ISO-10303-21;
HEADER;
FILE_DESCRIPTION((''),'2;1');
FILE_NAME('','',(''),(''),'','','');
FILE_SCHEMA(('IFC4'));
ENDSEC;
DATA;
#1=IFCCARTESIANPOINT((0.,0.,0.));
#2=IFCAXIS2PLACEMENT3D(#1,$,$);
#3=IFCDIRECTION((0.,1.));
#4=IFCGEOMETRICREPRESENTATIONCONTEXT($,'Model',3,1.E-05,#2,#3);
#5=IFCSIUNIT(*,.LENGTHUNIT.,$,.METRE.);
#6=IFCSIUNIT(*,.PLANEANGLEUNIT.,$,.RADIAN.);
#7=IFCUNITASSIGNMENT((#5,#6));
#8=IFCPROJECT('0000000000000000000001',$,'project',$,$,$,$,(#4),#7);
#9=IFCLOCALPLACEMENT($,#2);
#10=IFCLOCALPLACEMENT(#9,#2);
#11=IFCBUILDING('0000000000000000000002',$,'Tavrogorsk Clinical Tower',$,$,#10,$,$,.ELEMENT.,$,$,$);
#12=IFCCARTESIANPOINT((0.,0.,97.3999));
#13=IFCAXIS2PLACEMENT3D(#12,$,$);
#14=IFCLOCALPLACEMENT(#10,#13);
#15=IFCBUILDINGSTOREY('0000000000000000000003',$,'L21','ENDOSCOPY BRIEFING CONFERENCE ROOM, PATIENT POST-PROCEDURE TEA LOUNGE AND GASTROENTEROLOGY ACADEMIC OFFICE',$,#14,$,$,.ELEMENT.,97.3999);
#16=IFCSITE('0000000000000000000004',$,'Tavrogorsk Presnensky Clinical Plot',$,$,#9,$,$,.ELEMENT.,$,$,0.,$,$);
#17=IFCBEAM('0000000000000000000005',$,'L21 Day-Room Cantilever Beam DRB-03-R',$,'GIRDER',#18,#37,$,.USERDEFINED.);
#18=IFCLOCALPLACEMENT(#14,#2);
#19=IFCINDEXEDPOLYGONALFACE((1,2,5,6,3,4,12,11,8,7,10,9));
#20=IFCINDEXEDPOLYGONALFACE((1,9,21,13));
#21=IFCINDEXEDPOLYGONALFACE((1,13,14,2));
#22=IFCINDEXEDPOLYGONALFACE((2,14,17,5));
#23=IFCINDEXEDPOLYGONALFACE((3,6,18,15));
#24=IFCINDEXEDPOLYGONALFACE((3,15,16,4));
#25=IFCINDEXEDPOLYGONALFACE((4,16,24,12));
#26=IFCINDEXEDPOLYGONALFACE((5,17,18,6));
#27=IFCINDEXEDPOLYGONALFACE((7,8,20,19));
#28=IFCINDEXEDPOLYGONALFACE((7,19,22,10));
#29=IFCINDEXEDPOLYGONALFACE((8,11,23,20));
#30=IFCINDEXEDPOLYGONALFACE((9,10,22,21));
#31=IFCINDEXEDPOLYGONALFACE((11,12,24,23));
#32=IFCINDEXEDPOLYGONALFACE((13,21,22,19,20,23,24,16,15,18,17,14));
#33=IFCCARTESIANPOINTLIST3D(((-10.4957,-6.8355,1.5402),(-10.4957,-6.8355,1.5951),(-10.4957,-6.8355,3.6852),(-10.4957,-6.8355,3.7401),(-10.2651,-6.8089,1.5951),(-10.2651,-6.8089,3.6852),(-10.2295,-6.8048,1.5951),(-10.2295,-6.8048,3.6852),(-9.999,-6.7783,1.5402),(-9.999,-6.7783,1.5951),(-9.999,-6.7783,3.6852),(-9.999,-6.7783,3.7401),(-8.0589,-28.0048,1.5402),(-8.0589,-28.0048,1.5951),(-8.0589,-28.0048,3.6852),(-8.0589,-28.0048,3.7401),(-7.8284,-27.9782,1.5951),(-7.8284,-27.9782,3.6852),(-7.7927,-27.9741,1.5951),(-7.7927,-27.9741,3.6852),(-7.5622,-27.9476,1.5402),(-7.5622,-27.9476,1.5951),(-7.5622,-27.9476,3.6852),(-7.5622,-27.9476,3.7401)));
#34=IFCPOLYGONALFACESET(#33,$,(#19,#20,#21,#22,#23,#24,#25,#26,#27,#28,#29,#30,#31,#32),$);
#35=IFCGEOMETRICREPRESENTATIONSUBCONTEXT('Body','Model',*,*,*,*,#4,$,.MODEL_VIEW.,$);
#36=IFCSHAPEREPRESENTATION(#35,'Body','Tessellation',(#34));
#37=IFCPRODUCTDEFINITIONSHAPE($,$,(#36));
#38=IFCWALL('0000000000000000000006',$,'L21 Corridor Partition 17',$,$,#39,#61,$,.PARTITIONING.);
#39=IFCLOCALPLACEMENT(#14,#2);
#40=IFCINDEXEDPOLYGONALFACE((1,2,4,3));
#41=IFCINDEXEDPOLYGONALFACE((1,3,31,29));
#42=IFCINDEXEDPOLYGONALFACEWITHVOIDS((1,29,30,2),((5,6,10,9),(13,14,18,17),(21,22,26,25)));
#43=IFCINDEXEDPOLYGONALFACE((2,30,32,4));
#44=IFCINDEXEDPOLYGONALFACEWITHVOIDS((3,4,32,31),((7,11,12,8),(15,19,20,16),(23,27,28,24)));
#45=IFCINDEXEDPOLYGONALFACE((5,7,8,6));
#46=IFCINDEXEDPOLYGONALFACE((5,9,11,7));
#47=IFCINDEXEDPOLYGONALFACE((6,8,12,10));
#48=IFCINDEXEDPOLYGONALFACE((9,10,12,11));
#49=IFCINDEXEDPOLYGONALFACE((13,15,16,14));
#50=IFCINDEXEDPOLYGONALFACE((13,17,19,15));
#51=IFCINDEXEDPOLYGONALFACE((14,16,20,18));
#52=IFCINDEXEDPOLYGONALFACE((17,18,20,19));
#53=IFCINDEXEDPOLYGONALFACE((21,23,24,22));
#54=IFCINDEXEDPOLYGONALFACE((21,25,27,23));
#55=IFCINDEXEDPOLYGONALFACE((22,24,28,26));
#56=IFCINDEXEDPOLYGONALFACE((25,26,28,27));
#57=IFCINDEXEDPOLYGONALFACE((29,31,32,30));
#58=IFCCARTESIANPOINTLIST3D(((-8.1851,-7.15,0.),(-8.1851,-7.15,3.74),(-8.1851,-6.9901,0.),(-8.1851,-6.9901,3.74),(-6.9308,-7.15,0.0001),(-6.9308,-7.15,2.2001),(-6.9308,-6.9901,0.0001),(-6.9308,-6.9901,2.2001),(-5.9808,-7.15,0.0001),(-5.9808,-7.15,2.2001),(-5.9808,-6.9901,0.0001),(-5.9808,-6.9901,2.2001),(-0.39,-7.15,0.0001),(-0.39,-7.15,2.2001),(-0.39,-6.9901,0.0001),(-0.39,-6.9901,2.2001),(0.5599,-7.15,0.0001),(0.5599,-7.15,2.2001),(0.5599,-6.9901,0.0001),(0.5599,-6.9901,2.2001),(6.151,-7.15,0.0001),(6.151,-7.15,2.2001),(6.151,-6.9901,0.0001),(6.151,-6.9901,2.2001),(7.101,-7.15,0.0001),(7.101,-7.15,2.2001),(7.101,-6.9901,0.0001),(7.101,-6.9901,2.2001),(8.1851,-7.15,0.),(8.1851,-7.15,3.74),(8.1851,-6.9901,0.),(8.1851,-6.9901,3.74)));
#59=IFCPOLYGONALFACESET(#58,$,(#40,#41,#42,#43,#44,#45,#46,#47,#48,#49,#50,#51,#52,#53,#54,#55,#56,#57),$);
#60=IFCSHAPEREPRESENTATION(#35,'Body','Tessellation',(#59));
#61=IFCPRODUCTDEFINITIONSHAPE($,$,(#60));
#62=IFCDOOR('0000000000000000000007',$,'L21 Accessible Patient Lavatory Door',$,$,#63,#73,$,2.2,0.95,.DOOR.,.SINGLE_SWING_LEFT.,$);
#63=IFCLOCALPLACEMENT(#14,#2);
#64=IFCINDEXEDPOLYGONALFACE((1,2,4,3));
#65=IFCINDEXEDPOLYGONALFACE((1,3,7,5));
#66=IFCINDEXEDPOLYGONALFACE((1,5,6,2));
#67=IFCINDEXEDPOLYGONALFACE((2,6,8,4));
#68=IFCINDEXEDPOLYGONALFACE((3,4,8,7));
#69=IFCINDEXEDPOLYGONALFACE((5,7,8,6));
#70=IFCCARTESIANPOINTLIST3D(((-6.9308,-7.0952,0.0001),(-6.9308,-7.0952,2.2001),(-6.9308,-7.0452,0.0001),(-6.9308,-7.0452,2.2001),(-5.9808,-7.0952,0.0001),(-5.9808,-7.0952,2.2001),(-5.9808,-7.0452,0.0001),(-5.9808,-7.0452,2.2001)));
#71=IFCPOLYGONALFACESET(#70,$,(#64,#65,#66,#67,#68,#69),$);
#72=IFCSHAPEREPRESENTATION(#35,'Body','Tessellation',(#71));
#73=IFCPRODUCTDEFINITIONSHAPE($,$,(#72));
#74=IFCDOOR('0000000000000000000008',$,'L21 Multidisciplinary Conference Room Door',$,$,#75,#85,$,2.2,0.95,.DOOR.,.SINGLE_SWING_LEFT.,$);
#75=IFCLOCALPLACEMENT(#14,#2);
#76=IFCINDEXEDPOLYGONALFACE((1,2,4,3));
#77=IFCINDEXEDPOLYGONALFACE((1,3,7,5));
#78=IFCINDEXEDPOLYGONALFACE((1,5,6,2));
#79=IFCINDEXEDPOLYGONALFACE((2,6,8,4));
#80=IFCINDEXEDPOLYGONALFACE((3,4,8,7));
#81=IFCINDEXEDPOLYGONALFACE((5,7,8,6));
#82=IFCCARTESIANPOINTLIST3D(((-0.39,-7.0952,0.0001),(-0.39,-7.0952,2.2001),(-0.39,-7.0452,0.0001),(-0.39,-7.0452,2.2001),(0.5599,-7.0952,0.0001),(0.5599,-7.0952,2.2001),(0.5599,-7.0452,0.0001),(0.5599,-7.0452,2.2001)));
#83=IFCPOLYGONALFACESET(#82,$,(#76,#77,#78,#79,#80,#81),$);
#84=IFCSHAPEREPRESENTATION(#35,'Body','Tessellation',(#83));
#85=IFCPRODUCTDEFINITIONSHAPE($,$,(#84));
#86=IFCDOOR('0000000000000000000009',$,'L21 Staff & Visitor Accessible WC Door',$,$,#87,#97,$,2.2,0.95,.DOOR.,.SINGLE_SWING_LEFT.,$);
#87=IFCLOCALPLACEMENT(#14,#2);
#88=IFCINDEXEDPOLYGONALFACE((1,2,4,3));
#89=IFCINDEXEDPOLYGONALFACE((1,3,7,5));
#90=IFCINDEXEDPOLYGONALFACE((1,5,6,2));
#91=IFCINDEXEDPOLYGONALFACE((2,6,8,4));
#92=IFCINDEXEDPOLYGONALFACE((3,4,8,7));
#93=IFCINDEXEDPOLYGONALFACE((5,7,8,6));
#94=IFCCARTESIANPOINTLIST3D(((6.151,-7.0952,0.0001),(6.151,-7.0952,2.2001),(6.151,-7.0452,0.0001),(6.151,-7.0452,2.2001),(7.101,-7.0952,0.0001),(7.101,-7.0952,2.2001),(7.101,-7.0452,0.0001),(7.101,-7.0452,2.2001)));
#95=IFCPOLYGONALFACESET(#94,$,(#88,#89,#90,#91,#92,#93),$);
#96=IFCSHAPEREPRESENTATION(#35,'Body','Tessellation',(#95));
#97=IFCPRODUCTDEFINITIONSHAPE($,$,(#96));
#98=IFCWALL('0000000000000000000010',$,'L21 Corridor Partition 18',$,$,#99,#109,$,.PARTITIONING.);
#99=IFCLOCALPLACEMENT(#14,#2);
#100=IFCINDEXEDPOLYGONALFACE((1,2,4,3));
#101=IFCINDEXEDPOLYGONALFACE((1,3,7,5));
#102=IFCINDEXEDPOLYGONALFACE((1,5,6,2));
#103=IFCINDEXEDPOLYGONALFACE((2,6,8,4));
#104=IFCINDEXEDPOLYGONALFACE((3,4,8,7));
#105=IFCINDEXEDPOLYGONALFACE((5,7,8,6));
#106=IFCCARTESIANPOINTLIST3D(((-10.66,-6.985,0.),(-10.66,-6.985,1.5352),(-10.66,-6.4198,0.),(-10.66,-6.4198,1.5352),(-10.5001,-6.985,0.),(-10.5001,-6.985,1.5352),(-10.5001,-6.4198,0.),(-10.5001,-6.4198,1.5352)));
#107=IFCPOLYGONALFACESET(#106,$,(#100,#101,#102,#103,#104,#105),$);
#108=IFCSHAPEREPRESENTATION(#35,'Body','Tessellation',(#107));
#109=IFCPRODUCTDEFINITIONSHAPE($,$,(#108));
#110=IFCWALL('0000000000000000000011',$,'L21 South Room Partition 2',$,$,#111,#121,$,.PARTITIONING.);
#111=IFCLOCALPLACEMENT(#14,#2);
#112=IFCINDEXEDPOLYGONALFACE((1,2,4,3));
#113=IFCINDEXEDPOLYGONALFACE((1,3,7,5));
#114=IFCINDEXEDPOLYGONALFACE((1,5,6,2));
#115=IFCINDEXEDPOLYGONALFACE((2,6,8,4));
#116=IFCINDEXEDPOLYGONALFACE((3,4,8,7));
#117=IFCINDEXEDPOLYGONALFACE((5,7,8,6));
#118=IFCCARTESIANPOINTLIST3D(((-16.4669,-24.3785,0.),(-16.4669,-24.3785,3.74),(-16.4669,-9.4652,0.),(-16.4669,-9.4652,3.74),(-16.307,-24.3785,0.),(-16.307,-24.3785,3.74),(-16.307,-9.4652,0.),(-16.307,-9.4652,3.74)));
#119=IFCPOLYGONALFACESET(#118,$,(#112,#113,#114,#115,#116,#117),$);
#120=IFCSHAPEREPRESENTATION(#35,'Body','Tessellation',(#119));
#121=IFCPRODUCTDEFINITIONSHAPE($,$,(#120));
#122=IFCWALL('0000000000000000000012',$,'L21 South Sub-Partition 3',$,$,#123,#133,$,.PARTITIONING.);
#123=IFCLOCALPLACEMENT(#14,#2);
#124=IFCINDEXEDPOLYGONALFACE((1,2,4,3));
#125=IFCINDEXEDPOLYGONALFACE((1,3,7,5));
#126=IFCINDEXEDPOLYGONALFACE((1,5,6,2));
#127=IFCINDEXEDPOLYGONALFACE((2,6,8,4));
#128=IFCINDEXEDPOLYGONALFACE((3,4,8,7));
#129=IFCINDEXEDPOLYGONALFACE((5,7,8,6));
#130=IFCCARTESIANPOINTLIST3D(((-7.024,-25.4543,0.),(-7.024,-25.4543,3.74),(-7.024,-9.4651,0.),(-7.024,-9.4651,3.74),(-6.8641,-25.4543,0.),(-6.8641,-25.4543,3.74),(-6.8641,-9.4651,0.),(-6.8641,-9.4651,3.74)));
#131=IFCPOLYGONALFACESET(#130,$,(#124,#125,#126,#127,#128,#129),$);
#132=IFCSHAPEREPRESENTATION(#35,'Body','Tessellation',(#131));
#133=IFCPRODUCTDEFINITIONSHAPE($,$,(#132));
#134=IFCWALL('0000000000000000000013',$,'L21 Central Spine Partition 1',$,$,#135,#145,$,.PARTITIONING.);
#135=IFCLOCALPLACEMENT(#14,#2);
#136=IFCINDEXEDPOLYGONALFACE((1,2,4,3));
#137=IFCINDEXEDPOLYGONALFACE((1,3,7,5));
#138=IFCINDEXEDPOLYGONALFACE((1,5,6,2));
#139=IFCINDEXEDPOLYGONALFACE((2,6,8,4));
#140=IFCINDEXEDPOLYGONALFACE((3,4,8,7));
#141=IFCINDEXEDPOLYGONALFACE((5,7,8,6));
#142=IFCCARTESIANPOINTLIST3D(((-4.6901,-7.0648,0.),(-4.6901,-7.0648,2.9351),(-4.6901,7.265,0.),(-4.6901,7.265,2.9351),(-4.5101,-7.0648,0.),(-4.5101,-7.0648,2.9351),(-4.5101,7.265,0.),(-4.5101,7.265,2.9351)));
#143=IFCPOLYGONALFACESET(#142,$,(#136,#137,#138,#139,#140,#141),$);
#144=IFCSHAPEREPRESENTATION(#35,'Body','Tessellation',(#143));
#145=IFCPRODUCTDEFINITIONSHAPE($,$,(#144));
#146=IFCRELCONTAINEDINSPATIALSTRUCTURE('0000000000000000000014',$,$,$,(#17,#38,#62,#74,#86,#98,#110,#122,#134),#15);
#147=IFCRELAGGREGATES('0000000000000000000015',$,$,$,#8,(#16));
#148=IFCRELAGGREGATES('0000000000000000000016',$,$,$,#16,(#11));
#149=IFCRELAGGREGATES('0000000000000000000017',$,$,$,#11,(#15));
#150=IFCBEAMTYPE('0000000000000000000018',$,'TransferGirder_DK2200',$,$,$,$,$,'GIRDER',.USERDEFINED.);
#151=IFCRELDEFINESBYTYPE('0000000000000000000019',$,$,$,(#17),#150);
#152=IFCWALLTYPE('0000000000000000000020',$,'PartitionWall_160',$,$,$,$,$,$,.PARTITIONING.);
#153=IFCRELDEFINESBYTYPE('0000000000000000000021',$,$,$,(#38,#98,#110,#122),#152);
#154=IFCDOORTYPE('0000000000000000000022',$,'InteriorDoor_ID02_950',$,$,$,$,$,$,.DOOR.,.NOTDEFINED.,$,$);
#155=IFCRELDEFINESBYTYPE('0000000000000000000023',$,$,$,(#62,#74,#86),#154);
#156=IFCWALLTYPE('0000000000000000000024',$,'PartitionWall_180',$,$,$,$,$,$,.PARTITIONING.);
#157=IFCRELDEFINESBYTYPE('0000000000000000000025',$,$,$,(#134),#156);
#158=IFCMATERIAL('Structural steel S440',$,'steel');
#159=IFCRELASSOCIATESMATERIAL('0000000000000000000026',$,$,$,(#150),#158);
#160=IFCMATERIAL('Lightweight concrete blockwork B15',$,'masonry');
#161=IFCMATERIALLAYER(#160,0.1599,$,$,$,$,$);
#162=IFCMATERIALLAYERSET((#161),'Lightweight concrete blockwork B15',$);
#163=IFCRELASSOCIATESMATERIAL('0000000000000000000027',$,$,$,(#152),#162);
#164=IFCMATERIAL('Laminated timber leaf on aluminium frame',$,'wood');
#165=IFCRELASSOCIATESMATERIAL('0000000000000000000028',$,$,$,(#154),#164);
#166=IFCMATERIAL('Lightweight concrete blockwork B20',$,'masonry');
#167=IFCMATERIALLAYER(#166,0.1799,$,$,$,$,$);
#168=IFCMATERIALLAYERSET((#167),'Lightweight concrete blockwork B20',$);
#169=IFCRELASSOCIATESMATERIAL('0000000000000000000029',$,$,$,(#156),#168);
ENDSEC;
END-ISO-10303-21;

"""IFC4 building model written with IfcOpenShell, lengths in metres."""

from ifc_helpers import new_model, si_unit, direction, frame, frame_2d, origin, origin_2d, place, context, subcontext, project, spatial, rectangle, i_section, extrude, material, layer, layer_set, material_profile, profile_set, type_object, element, fill, save


model = new_model("IFC4")

# Units and contexts
model_context = context("Model", 3, precision=1e-05, world=origin(), true_north=direction((0.0, 1.0)))
body_context = subcontext(model_context, "Body", "Model", "MODEL_VIEW")
ifc_project = project(units=[si_unit("LENGTHUNIT", "METRE"), si_unit("PLANEANGLEUNIT", "RADIAN")], contexts=[model_context])

# Site, building, storey
site_placement = place(None, origin())
site = spatial("IfcSite", under=ifc_project, at=site_placement, Name="Tavrogorsk Presnensky Clinical Plot", CompositionType="ELEMENT", RefElevation=0.0)
building_placement = place(site_placement, origin())
building = spatial("IfcBuilding", under=site, at=building_placement, Name="Tavrogorsk Clinical Tower", CompositionType="ELEMENT")
storey_placement = place(building_placement, frame((0.0, 0.0, 97.3999)))
storey = spatial("IfcBuildingStorey", under=building, at=storey_placement, Name="L21", Description="ENDOSCOPY BRIEFING CONFERENCE ROOM, PATIENT POST-PROCEDURE TEA LOUNGE AND GASTROENTEROLOGY ACADEMIC OFFICE", CompositionType="ELEMENT", Elevation=97.3999)

# Beam
ifc_material_1 = material(Name="Structural steel S440", Category="steel")
ifc_material_profile_1 = material_profile(ifc_material_1, i_section(OverallWidth=0.5, OverallDepth=2.2, WebThickness=0.0359, FlangeThickness=0.0549, at=origin_2d()), Name="DK-2200x500x36x55")
ifc_profile_set_1 = profile_set([ifc_material_profile_1], Name="Structural steel S440")
beam_type_1 = type_object("IfcBeamType", Name="TransferGirder_DK2200", ElementType="GIRDER", PredefinedType="USERDEFINED", material=ifc_profile_set_1)
beam_1_placement = place(storey_placement, frame((-10.2473, -6.8069, 2.6401), z_axis=(0.114354, -0.99344, 0.0), x_axis=(0.99344, 0.114354, 0.0)))
element("IfcBeam", 1, at=beam_1_placement, inside=storey, type_object=beam_type_1, Name="L21 Day-Room Cantilever Beam DRB-03-R", ObjectType="GIRDER", PredefinedType="USERDEFINED", context=body_context, shape_type="SweptSolid", body=[
    extrude(i_section(OverallWidth=0.5, OverallDepth=2.2, WebThickness=0.0359, FlangeThickness=0.0549, at=origin_2d()), origin(), (0.0, 0.0, 1.0), 21.3091),
])

# Wall, openings, doors
ifc_material_2 = material(Name="Lightweight concrete blockwork B15", Category="masonry")
ifc_layer_1 = layer(ifc_material_2, 0.1599)
ifc_layer_set_1 = layer_set([ifc_layer_1], Name="Lightweight concrete blockwork B15")
wall_type_1 = type_object("IfcWallType", Name="PartitionWall_160", PredefinedType="PARTITIONING", material=ifc_layer_set_1)
wall_1_placement = place(storey_placement, frame((-8.1851, -7.0701, 0.0), z_axis=(0.0, 0.0, 1.0), x_axis=(1.0, 0.0, 0.0)))
wall_1 = element("IfcWall", 2, at=wall_1_placement, inside=storey, type_object=wall_type_1, Name="L21 Corridor Partition 17", PredefinedType="PARTITIONING", context=body_context, shape_type="SweptSolid", body=[
    extrude(rectangle(XDim=16.3701, YDim=0.1599, at=frame_2d((8.1851, 0.0))), origin(), (0.0, 0.0, 1.0), 3.74),
])
opening_1_placement = place(wall_1_placement, frame((1.2542, 0.0, 0.0)))
opening_1 = element("IfcOpeningElement", 3, at=opening_1_placement, cuts=wall_1, PredefinedType="OPENING", context=body_context, shape_type="SweptSolid", body=[
    extrude(rectangle(XDim=0.95, YDim=2.2, at=frame_2d((0.4751, 1.1001))), frame((0.0, 0.0898, 0.0), z_axis=(0.0, -1.0, 0.0), x_axis=(1.0, 0.0, 0.0)), (0.0, 0.0, 1.0), 0.1799),
])
opening_2_placement = place(wall_1_placement, frame((7.7949, 0.0, 0.0)))
opening_2 = element("IfcOpeningElement", 4, at=opening_2_placement, cuts=wall_1, PredefinedType="OPENING", context=body_context, shape_type="SweptSolid", body=[
    extrude(rectangle(XDim=0.95, YDim=2.2, at=frame_2d((0.4751, 1.1001))), frame((0.0, 0.0898, 0.0), z_axis=(0.0, -1.0, 0.0), x_axis=(1.0, 0.0, 0.0)), (0.0, 0.0, 1.0), 0.1799),
])
opening_3_placement = place(wall_1_placement, frame((14.3359, 0.0, 0.0)))
opening_3 = element("IfcOpeningElement", 5, at=opening_3_placement, cuts=wall_1, PredefinedType="OPENING", context=body_context, shape_type="SweptSolid", body=[
    extrude(rectangle(XDim=0.95, YDim=2.2, at=frame_2d((0.4751, 1.1001))), frame((0.0, 0.0898, 0.0), z_axis=(0.0, -1.0, 0.0), x_axis=(1.0, 0.0, 0.0)), (0.0, 0.0, 1.0), 0.1799),
])
ifc_material_3 = material(Name="Laminated timber leaf on aluminium frame", Category="wood")
door_type = type_object("IfcDoorType", Name="InteriorDoor_ID02_950", OperationType="NOTDEFINED", PredefinedType="DOOR", material=ifc_material_3)
door_1_placement = place(opening_1_placement, origin())
door_1 = element("IfcDoor", 6, at=door_1_placement, inside=storey, type_object=door_type, Name="L21 Accessible Patient Lavatory Door", OperationType="SINGLE_SWING_LEFT", OverallHeight=2.2, OverallWidth=0.95, PredefinedType="DOOR", context=body_context, shape_type="SweptSolid", body=[
    extrude(rectangle(XDim=0.95, YDim=2.2, at=frame_2d((0.4751, 1.1001))), frame((0.0, 0.0249, 0.0), z_axis=(0.0, -1.0, 0.0), x_axis=(1.0, 0.0, 0.0)), (0.0, 0.0, 1.0), 0.05),
])
fill(opening_1, door_1)
door_2_placement = place(opening_2_placement, origin())
door_2 = element("IfcDoor", 7, at=door_2_placement, inside=storey, type_object=door_type, Name="L21 Multidisciplinary Conference Room Door", OperationType="SINGLE_SWING_LEFT", OverallHeight=2.2, OverallWidth=0.95, PredefinedType="DOOR", context=body_context, shape_type="SweptSolid", body=[
    extrude(rectangle(XDim=0.95, YDim=2.2, at=frame_2d((0.4751, 1.1001))), frame((0.0, 0.0249, 0.0), z_axis=(0.0, -1.0, 0.0), x_axis=(1.0, 0.0, 0.0)), (0.0, 0.0, 1.0), 0.05),
])
fill(opening_2, door_2)
door_3_placement = place(opening_3_placement, origin())
door_3 = element("IfcDoor", 8, at=door_3_placement, inside=storey, type_object=door_type, Name="L21 Staff & Visitor Accessible WC Door", OperationType="SINGLE_SWING_LEFT", OverallHeight=2.2, OverallWidth=0.95, PredefinedType="DOOR", context=body_context, shape_type="SweptSolid", body=[
    extrude(rectangle(XDim=0.95, YDim=2.2, at=frame_2d((0.4751, 1.1001))), frame((0.0, 0.0249, 0.0), z_axis=(0.0, -1.0, 0.0), x_axis=(1.0, 0.0, 0.0)), (0.0, 0.0, 1.0), 0.05),
])
fill(opening_3, door_3)

# Walls
wall_2_placement = place(storey_placement, frame((-10.5801, -6.9851, 0.0), z_axis=(0.0, 0.0, 1.0), x_axis=(0.0, 1.0, 0.0)))
element("IfcWall", 9, at=wall_2_placement, inside=storey, type_object=wall_type_1, Name="L21 Corridor Partition 18", PredefinedType="PARTITIONING", context=body_context, shape_type="SweptSolid", body=[
    extrude(rectangle(XDim=0.5652, YDim=0.1599, at=frame_2d((0.2827, 0.0))), origin(), (0.0, 0.0, 1.0), 1.5352),
])
wall_3_placement = place(storey_placement, frame((-16.387, -24.3784, 0.0), z_axis=(0.0, 0.0, 1.0), x_axis=(0.0, 1.0, 0.0)))
element("IfcWall", 10, at=wall_3_placement, inside=storey, type_object=wall_type_1, Name="L21 South Room Partition 2", PredefinedType="PARTITIONING", context=body_context, shape_type="SweptSolid", body=[
    extrude(rectangle(XDim=14.9133, YDim=0.1599, at=frame_2d((7.4565, 0.0))), origin(), (0.0, 0.0, 1.0), 3.74),
])
wall_4_placement = place(storey_placement, frame((-6.9441, -25.4543, 0.0), z_axis=(0.0, 0.0, 1.0), x_axis=(0.0, 1.0, 0.0)))
element("IfcWall", 11, at=wall_4_placement, inside=storey, type_object=wall_type_1, Name="L21 South Sub-Partition 3", PredefinedType="PARTITIONING", context=body_context, shape_type="SweptSolid", body=[
    extrude(rectangle(XDim=15.9893, YDim=0.1599, at=frame_2d((7.9946, 0.0))), origin(), (0.0, 0.0, 1.0), 3.74),
])
ifc_material_4 = material(Name="Lightweight concrete blockwork B20", Category="masonry")
ifc_layer_2 = layer(ifc_material_4, 0.1799)
ifc_layer_set_2 = layer_set([ifc_layer_2], Name="Lightweight concrete blockwork B20")
wall_type_2 = type_object("IfcWallType", Name="PartitionWall_180", PredefinedType="PARTITIONING", material=ifc_layer_set_2)
wall_5_placement = place(storey_placement, frame((-4.6001, -7.0649, 0.0), z_axis=(0.0, 0.0, 1.0), x_axis=(0.0, 1.0, 0.0)))
element("IfcWall", 12, at=wall_5_placement, inside=storey, type_object=wall_type_2, Name="L21 Central Spine Partition 1", PredefinedType="PARTITIONING", context=body_context, shape_type="SweptSolid", body=[
    extrude(rectangle(XDim=14.3298, YDim=0.1799, at=frame_2d((7.165, 0.0))), origin(), (0.0, 0.0, 1.0), 2.9351),
])

save(model, "model.ifc")
